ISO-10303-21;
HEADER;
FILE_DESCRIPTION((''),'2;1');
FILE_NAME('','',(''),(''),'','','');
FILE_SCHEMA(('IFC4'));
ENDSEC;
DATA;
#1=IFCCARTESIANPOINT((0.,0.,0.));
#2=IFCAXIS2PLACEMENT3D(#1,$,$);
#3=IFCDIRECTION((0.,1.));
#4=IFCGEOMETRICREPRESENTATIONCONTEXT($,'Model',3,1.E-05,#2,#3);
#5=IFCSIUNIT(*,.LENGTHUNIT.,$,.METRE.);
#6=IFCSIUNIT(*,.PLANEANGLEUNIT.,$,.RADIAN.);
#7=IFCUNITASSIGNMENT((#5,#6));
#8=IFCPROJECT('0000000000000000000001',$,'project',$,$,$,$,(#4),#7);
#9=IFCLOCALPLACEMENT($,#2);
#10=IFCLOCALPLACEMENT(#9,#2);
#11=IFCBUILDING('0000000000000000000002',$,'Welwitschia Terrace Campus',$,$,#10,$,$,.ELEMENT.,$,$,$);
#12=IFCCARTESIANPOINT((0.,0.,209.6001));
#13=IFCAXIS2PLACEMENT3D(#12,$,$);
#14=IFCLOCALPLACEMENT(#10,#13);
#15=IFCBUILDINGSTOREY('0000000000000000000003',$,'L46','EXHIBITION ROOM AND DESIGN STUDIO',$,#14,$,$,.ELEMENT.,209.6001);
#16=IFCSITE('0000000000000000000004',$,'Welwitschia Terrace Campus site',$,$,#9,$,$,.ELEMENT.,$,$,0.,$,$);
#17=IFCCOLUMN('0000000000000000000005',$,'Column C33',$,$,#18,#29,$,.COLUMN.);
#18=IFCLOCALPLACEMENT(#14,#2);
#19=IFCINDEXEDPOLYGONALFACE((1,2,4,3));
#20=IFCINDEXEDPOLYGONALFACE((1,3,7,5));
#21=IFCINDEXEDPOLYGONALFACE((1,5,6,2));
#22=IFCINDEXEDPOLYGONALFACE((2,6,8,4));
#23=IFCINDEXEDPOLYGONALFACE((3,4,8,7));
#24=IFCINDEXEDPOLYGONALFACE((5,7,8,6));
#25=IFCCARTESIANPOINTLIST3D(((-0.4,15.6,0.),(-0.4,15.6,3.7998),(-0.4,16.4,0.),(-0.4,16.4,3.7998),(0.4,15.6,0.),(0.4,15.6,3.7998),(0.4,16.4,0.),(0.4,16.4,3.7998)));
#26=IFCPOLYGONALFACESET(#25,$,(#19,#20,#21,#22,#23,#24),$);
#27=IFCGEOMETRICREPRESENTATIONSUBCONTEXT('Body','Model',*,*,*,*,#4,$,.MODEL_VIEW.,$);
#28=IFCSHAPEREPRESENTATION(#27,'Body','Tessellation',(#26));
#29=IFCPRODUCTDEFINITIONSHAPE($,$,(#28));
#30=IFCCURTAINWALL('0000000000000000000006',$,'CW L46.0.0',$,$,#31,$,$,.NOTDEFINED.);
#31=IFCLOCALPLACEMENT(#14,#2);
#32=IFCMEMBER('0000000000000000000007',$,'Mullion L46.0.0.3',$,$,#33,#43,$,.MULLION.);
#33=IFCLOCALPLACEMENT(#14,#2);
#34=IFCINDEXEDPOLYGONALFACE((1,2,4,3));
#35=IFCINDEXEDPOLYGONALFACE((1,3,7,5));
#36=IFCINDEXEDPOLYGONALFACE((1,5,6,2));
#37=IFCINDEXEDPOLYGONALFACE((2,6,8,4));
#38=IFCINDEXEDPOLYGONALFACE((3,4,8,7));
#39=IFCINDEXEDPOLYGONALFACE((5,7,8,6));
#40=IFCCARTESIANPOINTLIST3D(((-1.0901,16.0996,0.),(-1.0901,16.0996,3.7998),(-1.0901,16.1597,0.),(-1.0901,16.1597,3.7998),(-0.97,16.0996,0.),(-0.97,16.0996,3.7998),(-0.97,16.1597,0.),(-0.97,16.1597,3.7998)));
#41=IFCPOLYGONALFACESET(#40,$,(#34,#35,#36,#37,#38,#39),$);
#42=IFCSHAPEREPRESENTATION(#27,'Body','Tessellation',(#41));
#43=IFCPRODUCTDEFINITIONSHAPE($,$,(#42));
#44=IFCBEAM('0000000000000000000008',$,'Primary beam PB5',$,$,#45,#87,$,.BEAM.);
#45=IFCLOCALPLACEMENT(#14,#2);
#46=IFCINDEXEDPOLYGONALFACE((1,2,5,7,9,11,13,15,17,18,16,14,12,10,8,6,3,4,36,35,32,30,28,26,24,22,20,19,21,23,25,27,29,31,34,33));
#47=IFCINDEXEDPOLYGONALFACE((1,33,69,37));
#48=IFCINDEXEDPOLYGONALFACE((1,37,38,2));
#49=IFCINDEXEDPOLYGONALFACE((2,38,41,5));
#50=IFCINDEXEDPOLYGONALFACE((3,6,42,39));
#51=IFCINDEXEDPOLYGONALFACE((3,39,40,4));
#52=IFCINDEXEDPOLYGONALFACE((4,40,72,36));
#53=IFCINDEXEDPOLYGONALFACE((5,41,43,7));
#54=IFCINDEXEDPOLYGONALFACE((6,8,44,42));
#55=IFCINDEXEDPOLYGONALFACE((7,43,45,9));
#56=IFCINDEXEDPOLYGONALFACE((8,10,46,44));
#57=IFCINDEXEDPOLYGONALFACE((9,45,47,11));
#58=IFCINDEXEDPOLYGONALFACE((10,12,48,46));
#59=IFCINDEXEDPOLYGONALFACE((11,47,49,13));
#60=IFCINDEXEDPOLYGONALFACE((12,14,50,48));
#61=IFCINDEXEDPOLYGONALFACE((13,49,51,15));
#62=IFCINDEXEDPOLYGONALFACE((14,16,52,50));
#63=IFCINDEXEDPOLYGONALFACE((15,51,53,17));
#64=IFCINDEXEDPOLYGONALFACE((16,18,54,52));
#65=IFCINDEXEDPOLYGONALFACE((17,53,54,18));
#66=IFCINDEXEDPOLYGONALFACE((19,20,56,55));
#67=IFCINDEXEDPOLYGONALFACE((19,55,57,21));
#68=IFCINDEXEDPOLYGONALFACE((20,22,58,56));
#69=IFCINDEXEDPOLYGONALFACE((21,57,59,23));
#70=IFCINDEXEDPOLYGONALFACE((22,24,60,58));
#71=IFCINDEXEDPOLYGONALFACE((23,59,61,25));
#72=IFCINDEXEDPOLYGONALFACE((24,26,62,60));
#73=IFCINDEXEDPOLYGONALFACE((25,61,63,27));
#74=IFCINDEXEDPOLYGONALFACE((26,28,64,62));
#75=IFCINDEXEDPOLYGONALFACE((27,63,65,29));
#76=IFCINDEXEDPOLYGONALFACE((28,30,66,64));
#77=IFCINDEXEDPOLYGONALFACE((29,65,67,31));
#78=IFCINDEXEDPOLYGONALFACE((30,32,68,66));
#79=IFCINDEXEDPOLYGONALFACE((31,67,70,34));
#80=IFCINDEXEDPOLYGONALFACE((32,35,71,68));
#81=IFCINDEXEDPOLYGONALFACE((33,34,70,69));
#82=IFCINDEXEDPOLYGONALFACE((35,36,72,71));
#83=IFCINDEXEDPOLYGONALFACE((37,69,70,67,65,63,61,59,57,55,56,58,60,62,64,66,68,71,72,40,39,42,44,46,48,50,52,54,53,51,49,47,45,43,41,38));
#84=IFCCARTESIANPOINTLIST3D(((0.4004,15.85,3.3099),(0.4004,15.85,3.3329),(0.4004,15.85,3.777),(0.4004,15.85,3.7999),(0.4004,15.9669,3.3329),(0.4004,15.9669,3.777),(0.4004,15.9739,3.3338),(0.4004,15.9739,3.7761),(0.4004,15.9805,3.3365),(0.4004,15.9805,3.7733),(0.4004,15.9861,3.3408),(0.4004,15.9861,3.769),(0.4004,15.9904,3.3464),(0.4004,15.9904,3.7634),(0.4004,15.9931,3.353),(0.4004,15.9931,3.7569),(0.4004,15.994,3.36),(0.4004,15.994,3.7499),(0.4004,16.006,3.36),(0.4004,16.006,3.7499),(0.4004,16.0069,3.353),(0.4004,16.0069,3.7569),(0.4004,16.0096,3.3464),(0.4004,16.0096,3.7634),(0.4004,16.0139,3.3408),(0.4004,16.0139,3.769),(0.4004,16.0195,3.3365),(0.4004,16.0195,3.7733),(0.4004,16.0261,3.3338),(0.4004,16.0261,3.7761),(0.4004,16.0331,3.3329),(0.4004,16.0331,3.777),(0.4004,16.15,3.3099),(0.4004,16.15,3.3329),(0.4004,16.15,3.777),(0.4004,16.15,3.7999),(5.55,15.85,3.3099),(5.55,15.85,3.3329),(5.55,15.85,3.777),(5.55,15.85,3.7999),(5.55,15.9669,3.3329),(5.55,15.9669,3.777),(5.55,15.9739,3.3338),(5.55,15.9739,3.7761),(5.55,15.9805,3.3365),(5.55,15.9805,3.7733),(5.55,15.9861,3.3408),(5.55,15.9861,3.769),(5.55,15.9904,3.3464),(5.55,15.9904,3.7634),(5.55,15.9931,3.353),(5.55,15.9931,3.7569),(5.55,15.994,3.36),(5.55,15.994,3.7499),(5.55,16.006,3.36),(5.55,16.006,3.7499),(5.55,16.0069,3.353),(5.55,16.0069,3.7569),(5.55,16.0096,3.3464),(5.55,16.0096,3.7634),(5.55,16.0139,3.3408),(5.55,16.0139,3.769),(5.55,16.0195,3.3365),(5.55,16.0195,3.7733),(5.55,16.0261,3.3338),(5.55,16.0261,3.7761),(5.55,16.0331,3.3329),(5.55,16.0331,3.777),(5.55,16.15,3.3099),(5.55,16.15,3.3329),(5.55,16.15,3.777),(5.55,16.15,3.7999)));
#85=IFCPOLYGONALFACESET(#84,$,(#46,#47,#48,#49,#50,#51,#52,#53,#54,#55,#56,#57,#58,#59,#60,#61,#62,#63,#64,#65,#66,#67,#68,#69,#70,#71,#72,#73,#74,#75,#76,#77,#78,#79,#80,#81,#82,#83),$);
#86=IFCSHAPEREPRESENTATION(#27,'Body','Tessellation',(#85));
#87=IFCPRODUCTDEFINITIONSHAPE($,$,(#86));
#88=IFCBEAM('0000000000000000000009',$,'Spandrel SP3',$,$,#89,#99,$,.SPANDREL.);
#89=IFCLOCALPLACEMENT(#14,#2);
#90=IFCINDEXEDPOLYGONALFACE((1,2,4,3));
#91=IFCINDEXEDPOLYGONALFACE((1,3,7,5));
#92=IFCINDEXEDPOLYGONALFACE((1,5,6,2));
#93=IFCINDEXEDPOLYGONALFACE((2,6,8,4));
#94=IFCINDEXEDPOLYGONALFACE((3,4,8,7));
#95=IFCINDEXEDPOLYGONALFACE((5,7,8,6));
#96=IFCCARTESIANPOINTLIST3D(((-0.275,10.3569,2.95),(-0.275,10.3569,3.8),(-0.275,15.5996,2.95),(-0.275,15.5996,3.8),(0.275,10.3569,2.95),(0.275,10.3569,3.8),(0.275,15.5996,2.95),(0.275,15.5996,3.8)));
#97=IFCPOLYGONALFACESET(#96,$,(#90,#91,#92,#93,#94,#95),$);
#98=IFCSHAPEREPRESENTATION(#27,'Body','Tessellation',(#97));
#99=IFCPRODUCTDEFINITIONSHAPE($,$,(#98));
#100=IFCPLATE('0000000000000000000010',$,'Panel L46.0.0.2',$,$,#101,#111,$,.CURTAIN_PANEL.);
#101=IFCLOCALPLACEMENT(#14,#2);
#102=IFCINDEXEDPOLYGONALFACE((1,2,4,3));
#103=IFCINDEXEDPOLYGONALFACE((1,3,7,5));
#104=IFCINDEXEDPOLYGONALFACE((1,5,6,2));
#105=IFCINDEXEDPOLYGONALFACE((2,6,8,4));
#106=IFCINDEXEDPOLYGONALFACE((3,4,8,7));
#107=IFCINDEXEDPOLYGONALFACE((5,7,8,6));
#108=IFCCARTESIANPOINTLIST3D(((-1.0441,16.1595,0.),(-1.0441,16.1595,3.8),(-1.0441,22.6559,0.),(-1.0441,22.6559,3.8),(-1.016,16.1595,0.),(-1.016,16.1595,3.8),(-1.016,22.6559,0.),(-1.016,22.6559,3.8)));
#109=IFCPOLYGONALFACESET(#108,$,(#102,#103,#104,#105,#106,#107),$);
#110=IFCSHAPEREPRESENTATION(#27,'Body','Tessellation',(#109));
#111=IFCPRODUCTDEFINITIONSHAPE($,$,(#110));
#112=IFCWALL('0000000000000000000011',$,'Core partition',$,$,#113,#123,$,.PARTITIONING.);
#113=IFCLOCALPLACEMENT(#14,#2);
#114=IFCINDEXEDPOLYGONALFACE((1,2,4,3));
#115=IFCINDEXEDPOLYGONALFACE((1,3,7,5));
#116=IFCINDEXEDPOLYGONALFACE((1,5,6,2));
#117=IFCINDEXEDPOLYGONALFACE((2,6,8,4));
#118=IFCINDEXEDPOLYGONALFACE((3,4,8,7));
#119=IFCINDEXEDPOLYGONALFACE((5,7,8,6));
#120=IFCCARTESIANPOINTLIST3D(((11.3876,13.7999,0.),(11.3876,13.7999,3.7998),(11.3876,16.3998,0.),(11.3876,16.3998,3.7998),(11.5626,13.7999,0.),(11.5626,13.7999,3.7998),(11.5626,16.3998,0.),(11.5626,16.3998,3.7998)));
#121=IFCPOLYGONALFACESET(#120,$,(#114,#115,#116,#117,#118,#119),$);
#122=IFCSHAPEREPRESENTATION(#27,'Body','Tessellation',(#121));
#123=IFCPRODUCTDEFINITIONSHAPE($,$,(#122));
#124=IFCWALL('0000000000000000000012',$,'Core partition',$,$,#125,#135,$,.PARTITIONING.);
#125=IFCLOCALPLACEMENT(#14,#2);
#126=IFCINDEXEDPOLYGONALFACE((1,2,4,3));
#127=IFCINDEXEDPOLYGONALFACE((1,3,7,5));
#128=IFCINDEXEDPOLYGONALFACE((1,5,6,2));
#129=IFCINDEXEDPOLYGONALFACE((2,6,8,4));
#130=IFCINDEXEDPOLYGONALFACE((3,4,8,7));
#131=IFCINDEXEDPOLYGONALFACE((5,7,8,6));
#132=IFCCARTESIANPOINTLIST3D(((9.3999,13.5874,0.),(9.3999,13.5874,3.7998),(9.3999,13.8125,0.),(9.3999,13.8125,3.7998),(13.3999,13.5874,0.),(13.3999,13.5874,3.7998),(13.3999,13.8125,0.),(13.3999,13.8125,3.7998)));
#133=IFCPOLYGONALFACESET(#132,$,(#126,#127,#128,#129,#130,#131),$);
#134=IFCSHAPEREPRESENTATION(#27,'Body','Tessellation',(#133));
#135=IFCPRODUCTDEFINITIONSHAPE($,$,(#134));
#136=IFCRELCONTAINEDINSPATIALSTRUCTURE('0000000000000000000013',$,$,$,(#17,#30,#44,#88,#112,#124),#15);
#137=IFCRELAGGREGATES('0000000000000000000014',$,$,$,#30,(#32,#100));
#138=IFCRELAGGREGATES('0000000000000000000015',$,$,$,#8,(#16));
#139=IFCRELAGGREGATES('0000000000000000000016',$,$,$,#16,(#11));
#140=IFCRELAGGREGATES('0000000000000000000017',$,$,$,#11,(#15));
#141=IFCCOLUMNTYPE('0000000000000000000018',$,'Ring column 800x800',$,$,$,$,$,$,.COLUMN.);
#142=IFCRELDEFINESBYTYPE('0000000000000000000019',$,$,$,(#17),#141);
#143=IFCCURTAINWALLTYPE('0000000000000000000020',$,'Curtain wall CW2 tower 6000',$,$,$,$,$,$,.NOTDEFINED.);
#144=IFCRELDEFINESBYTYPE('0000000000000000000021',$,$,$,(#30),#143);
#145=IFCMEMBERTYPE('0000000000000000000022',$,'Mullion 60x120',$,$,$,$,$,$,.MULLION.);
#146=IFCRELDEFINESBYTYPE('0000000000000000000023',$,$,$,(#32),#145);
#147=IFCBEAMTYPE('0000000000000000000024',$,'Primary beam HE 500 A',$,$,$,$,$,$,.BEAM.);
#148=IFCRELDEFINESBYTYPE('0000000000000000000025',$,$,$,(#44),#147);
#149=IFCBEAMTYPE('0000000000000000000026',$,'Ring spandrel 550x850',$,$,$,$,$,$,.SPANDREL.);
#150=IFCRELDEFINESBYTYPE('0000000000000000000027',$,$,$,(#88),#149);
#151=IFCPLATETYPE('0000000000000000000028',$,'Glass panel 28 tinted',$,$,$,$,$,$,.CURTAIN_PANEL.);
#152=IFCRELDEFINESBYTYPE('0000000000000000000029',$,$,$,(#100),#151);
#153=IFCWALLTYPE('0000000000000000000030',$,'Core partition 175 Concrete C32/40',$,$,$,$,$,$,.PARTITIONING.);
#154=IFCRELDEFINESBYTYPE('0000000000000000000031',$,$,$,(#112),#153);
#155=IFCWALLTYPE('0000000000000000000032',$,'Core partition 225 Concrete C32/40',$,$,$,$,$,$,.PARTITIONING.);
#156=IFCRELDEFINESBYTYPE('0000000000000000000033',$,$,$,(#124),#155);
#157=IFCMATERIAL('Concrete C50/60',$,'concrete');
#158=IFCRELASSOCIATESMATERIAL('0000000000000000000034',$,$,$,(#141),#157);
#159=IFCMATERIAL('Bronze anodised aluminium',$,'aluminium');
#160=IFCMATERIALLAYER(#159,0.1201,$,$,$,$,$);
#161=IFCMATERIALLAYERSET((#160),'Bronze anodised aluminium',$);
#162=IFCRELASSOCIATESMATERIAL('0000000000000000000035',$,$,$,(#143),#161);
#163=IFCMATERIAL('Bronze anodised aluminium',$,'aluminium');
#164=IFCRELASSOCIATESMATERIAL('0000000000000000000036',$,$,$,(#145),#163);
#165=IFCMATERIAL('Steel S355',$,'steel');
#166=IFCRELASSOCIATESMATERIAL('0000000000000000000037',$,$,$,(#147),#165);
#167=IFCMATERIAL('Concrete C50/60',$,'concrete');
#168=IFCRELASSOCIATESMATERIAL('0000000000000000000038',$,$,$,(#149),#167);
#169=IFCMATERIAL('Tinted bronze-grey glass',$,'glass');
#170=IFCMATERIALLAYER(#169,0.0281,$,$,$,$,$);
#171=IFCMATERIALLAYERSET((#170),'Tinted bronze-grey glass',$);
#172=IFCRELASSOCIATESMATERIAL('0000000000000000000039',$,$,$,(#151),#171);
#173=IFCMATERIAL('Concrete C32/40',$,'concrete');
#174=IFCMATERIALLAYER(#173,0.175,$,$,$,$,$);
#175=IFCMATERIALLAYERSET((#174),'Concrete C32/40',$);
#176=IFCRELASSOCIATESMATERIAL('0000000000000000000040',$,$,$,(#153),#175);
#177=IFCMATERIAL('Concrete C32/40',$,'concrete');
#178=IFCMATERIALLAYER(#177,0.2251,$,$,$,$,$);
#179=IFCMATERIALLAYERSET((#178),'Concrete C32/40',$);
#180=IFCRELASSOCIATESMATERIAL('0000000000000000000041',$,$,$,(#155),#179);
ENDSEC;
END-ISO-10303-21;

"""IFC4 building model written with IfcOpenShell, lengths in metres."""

from ifc_helpers import new_model, si_unit, direction, frame, frame_2d, origin, origin_2d, place, context, subcontext, project, spatial, rectangle, i_section, extrude, material, layer, layer_set, material_profile, profile_set, type_object, element, aggregate, save


model = new_model("IFC4")

# Units and contexts
model_context = context("Model", 3, precision=1e-05, world=origin(), true_north=direction((0.0, 1.0)))
body_context = subcontext(model_context, "Body", "Model", "MODEL_VIEW")
ifc_project = project(units=[si_unit("LENGTHUNIT", "METRE"), si_unit("PLANEANGLEUNIT", "RADIAN")], contexts=[model_context])

# Site, building, storey
site_placement = place(None, origin())
site = spatial("IfcSite", under=ifc_project, at=site_placement, Name="Welwitschia Terrace Campus site", CompositionType="ELEMENT", RefElevation=0.0)
building_placement = place(site_placement, origin())
building = spatial("IfcBuilding", under=site, at=building_placement, Name="Welwitschia Terrace Campus", CompositionType="ELEMENT")
storey_placement = place(building_placement, frame((0.0, 0.0, 209.6001)))
storey = spatial("IfcBuildingStorey", under=building, at=storey_placement, Name="L46", Description="EXHIBITION ROOM AND DESIGN STUDIO", CompositionType="ELEMENT", Elevation=209.6001)

# Column
ifc_material_1 = material(Name="Concrete C50/60", Category="concrete")
ifc_material_profile_1 = material_profile(ifc_material_1, rectangle(XDim=0.8, YDim=0.8, at=origin_2d()))
ifc_profile_set_1 = profile_set([ifc_material_profile_1], Name="Concrete C50/60")
column_type = type_object("IfcColumnType", Name="Ring column 800x800", PredefinedType="COLUMN", material=ifc_profile_set_1)
column_placement = place(storey_placement, frame((0.0, 16.0, 0.0), z_axis=(0.0, 0.0, 1.0), x_axis=(1.0, 0.0, 0.0)))
element("IfcColumn", 1, at=column_placement, inside=storey, type_object=column_type, Name="Column C33", PredefinedType="COLUMN", context=body_context, shape_type="SweptSolid", body=[
    extrude(rectangle(XDim=0.8, YDim=0.8, at=origin_2d()), origin(), (0.0, 0.0, 1.0), 3.7998),
])

# Curtain wall, member
ifc_material_2 = material(Name="Bronze anodised aluminium", Category="aluminium")
ifc_layer_1 = layer(ifc_material_2, 0.1201)
ifc_layer_set_1 = layer_set([ifc_layer_1], Name="Bronze anodised aluminium")
curtain_wall_type = type_object("IfcCurtainWallType", Name="Curtain wall CW2 tower 6000", PredefinedType="NOTDEFINED", material=ifc_layer_set_1)
curtain_wall_placement = place(storey_placement, origin())
curtain_wall = element("IfcCurtainWall", 2, at=curtain_wall_placement, inside=storey, type_object=curtain_wall_type, Name="CW L46.0.0", PredefinedType="NOTDEFINED")
ifc_material_3 = material(Name="Bronze anodised aluminium", Category="aluminium")
ifc_material_profile_2 = material_profile(ifc_material_3, rectangle(XDim=0.1201, YDim=0.0601, at=origin_2d()))
ifc_profile_set_2 = profile_set([ifc_material_profile_2], Name="Bronze anodised aluminium")
member_type = type_object("IfcMemberType", Name="Mullion 60x120", PredefinedType="MULLION", material=ifc_profile_set_2)
member_placement = place(storey_placement, frame((-1.03, 16.1296, 0.0), z_axis=(0.0, 0.0, 1.0), x_axis=(1.0, 0.0, 0.0)))
member = element("IfcMember", 3, at=member_placement, type_object=member_type, Name="Mullion L46.0.0.3", PredefinedType="MULLION", context=body_context, shape_type="SweptSolid", body=[
    extrude(rectangle(XDim=0.1201, YDim=0.0601, at=origin_2d()), origin(), (0.0, 0.0, 1.0), 3.7998),
])

# Beams
ifc_material_4 = material(Name="Steel S355", Category="steel")
ifc_material_profile_3 = material_profile(ifc_material_4, i_section(OverallWidth=0.3, OverallDepth=0.49, WebThickness=0.012, FlangeThickness=0.0229, FilletRadius=0.0271, at=origin_2d()))
ifc_profile_set_3 = profile_set([ifc_material_profile_3], Name="Steel S355")
beam_type_1 = type_object("IfcBeamType", Name="Primary beam HE 500 A", PredefinedType="BEAM", material=ifc_profile_set_3)
beam_1_placement = place(storey_placement, frame((0.4004, 16.0, 3.5549), z_axis=(1.0, 0.0, 0.0), x_axis=(0.0, 1.0, 0.0)))
element("IfcBeam", 4, at=beam_1_placement, inside=storey, type_object=beam_type_1, Name="Primary beam PB5", PredefinedType="BEAM", context=body_context, shape_type="SweptSolid", body=[
    extrude(i_section(OverallWidth=0.3, OverallDepth=0.49, WebThickness=0.012, FlangeThickness=0.0229, FilletRadius=0.0271, at=origin_2d()), origin(), (0.0, 0.0, 1.0), 5.1497),
])
ifc_material_5 = material(Name="Concrete C50/60", Category="concrete")
ifc_material_profile_4 = material_profile(ifc_material_5, rectangle(XDim=0.55, YDim=0.8501, at=origin_2d()))
ifc_profile_set_4 = profile_set([ifc_material_profile_4], Name="Concrete C50/60")
beam_type_2 = type_object("IfcBeamType", Name="Ring spandrel 550x850", PredefinedType="SPANDREL", material=ifc_profile_set_4)
beam_2_placement = place(storey_placement, frame((0.0, 15.5996, 3.375), z_axis=(0.0, -1.0, 0.0), x_axis=(1.0, 0.0, 0.0)))
element("IfcBeam", 5, at=beam_2_placement, inside=storey, type_object=beam_type_2, Name="Spandrel SP3", PredefinedType="SPANDREL", context=body_context, shape_type="SweptSolid", body=[
    extrude(rectangle(XDim=0.55, YDim=0.8501, at=origin_2d()), origin(), (0.0, 0.0, 1.0), 5.2427),
])

# Plate
ifc_material_6 = material(Name="Tinted bronze-grey glass", Category="glass")
ifc_layer_2 = layer(ifc_material_6, 0.0281)
ifc_layer_set_2 = layer_set([ifc_layer_2], Name="Tinted bronze-grey glass")
plate_type = type_object("IfcPlateType", Name="Glass panel 28 tinted", PredefinedType="CURTAIN_PANEL", material=ifc_layer_set_2)
plate_placement = place(storey_placement, frame((-1.03, 19.4077, 0.0), z_axis=(0.0, 0.0, 1.0), x_axis=(0.0, -1.0, 0.0)))
plate = element("IfcPlate", 6, at=plate_placement, type_object=plate_type, Name="Panel L46.0.0.2", PredefinedType="CURTAIN_PANEL", context=body_context, shape_type="SweptSolid", body=[
    extrude(rectangle(XDim=6.4963, YDim=0.0281, at=origin_2d()), origin(), (0.0, 0.0, 1.0), 3.8),
])
aggregate(curtain_wall, [member, plate])

# Walls
ifc_material_7 = material(Name="Concrete C32/40", Category="concrete")
ifc_layer_3 = layer(ifc_material_7, 0.175)
ifc_layer_set_3 = layer_set([ifc_layer_3], Name="Concrete C32/40")
wall_type_1 = type_object("IfcWallType", Name="Core partition 175 Concrete C32/40", PredefinedType="PARTITIONING", material=ifc_layer_set_3)
wall_1_placement = place(storey_placement, frame((11.4751, 13.8, 0.0), z_axis=(0.0, 0.0, 1.0), x_axis=(0.0, 1.0, 0.0)))
element("IfcWall", 7, at=wall_1_placement, inside=storey, type_object=wall_type_1, Name="Core partition", PredefinedType="PARTITIONING", context=body_context, shape_type="SweptSolid", body=[
    extrude(rectangle(XDim=2.5999, YDim=0.175, at=frame_2d((1.2998, 0.0))), origin(), (0.0, 0.0, 1.0), 3.7998),
])
ifc_material_8 = material(Name="Concrete C32/40", Category="concrete")
ifc_layer_4 = layer(ifc_material_8, 0.2251)
ifc_layer_set_4 = layer_set([ifc_layer_4], Name="Concrete C32/40")
wall_type_2 = type_object("IfcWallType", Name="Core partition 225 Concrete C32/40", PredefinedType="PARTITIONING", material=ifc_layer_set_4)
wall_2_placement = place(storey_placement, frame((9.3999, 13.7, 0.0), z_axis=(0.0, 0.0, 1.0), x_axis=(1.0, 0.0, 0.0)))
element("IfcWall", 8, at=wall_2_placement, inside=storey, type_object=wall_type_2, Name="Core partition", PredefinedType="PARTITIONING", context=body_context, shape_type="SweptSolid", body=[
    extrude(rectangle(XDim=4.0, YDim=0.2251, at=frame_2d((2.0, 0.0))), origin(), (0.0, 0.0, 1.0), 3.7998),
])

save(model, "model.ifc")
